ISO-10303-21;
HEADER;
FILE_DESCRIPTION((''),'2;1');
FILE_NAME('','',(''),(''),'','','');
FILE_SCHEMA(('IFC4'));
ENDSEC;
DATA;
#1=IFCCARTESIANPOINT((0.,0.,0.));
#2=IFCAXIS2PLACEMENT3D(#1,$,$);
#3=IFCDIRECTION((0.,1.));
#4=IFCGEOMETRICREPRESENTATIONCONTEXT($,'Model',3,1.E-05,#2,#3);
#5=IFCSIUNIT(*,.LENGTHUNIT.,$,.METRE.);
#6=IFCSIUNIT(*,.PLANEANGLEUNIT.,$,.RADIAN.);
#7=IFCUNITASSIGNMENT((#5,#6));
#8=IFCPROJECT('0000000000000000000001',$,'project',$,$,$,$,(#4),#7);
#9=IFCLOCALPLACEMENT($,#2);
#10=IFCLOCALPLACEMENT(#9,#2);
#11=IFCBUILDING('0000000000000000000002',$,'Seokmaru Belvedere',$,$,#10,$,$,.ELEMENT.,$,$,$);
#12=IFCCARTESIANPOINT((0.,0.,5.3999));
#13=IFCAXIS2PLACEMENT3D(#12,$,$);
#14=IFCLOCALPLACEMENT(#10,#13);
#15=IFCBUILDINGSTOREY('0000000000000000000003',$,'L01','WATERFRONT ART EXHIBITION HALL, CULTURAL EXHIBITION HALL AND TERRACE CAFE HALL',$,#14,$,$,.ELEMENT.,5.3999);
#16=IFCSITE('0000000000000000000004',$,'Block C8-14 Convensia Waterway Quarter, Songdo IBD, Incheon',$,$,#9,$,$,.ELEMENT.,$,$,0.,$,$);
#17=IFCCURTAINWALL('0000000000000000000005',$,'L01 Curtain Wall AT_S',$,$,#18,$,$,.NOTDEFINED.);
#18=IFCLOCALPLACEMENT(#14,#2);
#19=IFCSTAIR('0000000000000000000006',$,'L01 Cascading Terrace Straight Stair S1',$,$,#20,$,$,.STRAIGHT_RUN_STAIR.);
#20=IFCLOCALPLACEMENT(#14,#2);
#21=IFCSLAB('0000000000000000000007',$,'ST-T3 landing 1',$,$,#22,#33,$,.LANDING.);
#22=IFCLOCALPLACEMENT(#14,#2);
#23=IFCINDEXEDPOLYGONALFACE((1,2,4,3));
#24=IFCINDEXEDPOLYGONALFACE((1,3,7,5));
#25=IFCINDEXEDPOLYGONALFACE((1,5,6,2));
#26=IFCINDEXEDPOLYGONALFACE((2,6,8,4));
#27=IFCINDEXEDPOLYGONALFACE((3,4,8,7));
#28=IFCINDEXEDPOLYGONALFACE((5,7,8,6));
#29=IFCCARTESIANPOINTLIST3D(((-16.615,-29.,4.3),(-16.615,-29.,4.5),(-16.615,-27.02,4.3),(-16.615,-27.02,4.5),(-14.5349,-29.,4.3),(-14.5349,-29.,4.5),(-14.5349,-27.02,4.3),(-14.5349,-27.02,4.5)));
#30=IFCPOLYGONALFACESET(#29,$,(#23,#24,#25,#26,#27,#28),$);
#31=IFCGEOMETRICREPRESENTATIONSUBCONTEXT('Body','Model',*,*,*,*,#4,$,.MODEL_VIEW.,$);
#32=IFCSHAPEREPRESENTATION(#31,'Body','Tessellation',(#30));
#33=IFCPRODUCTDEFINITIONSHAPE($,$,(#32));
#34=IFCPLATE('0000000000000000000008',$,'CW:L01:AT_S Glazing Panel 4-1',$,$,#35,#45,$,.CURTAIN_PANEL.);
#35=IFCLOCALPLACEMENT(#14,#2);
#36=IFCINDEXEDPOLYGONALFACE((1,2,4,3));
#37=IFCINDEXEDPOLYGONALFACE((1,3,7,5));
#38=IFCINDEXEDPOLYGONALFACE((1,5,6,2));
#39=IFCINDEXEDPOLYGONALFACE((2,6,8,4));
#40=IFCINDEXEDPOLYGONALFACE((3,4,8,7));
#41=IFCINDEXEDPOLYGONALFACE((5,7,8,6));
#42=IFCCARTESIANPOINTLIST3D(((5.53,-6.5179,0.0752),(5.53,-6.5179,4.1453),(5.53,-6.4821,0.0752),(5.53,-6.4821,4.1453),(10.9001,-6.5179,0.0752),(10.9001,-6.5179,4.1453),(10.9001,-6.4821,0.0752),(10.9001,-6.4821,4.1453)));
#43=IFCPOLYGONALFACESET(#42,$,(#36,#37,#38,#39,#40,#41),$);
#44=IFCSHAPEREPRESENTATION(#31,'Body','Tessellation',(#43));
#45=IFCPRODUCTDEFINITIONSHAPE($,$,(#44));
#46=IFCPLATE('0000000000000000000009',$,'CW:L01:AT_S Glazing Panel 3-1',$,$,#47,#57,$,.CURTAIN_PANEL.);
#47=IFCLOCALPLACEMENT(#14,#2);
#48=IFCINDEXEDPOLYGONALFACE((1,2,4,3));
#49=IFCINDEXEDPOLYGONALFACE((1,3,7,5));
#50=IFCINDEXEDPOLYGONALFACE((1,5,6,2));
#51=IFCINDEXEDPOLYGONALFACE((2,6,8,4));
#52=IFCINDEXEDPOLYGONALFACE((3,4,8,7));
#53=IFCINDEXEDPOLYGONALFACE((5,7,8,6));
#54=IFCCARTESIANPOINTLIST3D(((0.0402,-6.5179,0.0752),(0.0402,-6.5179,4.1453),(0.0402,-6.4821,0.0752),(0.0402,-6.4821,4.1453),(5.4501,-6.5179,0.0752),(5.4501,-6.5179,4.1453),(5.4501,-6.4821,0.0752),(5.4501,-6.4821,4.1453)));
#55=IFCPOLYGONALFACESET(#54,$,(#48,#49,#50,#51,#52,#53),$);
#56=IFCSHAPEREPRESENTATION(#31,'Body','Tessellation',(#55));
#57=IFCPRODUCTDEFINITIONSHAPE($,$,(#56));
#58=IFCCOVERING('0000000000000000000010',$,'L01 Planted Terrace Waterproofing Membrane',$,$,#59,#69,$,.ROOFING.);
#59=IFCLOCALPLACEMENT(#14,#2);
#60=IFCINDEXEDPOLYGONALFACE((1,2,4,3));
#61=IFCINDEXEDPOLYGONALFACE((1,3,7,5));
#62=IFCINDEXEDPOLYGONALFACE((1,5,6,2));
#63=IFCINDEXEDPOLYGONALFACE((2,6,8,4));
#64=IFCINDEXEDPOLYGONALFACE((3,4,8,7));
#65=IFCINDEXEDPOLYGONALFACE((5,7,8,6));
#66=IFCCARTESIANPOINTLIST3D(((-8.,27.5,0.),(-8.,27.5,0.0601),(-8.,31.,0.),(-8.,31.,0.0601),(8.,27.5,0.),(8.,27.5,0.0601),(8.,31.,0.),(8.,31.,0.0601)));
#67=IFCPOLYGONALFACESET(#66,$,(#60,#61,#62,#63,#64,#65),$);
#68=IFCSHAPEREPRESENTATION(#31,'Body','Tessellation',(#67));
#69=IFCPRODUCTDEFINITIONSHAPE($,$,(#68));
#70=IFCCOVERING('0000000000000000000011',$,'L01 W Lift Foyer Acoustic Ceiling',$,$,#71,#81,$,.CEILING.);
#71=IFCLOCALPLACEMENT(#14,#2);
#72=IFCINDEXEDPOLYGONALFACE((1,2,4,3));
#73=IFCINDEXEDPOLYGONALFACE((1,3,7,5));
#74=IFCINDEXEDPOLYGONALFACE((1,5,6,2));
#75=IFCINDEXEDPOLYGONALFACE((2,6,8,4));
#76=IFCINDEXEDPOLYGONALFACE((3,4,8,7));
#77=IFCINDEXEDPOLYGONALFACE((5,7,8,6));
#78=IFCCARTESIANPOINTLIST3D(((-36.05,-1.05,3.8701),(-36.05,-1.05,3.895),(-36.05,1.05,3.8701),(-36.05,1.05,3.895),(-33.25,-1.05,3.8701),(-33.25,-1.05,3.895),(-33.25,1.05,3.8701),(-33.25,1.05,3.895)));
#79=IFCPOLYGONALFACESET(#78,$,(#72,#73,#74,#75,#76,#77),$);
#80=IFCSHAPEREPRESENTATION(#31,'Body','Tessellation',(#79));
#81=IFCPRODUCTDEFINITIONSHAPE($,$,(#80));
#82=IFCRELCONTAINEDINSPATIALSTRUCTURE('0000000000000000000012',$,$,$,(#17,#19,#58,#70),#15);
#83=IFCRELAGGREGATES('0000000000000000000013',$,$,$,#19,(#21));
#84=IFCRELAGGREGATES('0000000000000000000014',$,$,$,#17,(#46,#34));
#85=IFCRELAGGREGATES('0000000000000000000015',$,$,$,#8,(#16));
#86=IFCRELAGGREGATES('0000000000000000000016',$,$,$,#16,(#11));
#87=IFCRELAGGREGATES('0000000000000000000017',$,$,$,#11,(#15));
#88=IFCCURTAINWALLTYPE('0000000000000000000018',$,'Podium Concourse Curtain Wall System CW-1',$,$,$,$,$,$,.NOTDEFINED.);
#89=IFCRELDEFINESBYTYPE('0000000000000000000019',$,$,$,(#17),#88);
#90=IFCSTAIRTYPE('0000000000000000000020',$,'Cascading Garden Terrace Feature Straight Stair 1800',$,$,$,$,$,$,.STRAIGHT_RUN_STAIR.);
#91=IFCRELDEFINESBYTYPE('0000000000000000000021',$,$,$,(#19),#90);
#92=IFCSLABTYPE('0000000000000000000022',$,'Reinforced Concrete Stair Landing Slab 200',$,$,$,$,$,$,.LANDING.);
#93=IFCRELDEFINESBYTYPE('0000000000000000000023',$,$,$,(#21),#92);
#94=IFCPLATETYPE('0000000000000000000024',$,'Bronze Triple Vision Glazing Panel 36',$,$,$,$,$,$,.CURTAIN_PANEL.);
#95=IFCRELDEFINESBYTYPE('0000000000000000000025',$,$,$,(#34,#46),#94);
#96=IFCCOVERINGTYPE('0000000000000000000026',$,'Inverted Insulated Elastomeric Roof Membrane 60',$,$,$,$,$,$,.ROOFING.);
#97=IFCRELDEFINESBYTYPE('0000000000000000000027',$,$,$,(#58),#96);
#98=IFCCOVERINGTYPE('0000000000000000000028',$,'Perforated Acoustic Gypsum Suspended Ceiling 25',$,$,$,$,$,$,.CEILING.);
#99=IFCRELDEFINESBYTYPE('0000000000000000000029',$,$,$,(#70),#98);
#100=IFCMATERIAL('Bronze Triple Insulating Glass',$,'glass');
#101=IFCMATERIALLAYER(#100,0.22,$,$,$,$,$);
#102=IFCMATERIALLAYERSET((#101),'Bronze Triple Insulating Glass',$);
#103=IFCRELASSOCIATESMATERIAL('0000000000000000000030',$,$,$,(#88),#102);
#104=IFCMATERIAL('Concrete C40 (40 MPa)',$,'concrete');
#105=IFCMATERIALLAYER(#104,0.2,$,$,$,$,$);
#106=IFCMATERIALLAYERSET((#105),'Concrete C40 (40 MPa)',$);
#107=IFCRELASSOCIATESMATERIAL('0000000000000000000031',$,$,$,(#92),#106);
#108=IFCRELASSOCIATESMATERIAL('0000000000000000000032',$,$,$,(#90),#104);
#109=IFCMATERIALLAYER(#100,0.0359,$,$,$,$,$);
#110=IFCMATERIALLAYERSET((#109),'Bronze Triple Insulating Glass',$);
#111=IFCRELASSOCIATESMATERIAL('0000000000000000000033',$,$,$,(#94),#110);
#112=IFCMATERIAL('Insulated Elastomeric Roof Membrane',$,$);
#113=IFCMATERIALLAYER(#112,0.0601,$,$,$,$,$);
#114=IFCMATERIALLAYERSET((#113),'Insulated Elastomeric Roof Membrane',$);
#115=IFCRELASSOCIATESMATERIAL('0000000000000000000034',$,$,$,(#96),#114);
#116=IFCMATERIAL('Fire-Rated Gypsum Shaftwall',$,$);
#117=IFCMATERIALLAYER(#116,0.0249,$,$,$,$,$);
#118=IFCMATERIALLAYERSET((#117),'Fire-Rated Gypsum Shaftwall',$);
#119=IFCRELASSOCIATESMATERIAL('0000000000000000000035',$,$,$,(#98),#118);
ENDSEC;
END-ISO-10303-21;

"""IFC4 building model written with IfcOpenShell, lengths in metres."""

from ifc_helpers import new_model, si_unit, direction, frame, origin, origin_2d, place, context, subcontext, project, spatial, polyline, rectangle, outline, extrude, source, transform, mapped, material, layer, layer_set, type_object, type_shapes, element, aggregate, save


model = new_model("IFC4")

# Units and contexts
model_context = context("Model", 3, precision=1e-05, world=origin(), true_north=direction((0.0, 1.0)))
body_context = subcontext(model_context, "Body", "Model", "MODEL_VIEW")
ifc_project = project(units=[si_unit("LENGTHUNIT", "METRE"), si_unit("PLANEANGLEUNIT", "RADIAN")], contexts=[model_context])

# Site, building, storey
site_placement = place(None, origin())
site = spatial("IfcSite", under=ifc_project, at=site_placement, Name="Block C8-14 Convensia Waterway Quarter, Songdo IBD, Incheon", CompositionType="ELEMENT", RefElevation=0.0)
building_placement = place(site_placement, origin())
building = spatial("IfcBuilding", under=site, at=building_placement, Name="Seokmaru Belvedere", CompositionType="ELEMENT")
storey_placement = place(building_placement, frame((0.0, 0.0, 5.3999)))
storey = spatial("IfcBuildingStorey", under=building, at=storey_placement, Name="L01", Description="WATERFRONT ART EXHIBITION HALL, CULTURAL EXHIBITION HALL AND TERRACE CAFE HALL", CompositionType="ELEMENT", Elevation=5.3999)

# Curtain wall
ifc_material_1 = material(Name="Bronze Triple Insulating Glass", Category="glass")
ifc_layer_1 = layer(ifc_material_1, 0.22)
ifc_layer_set_1 = layer_set([ifc_layer_1], Name="Bronze Triple Insulating Glass")
curtain_wall_type = type_object("IfcCurtainWallType", Name="Podium Concourse Curtain Wall System CW-1", PredefinedType="NOTDEFINED", material=ifc_layer_set_1)
curtain_wall_placement = place(storey_placement, origin())
curtain_wall = element("IfcCurtainWall", 1, at=curtain_wall_placement, inside=storey, type_object=curtain_wall_type, Name="L01 Curtain Wall AT_S", PredefinedType="NOTDEFINED")

# Stair, slab
ifc_material_2 = material(Name="Concrete C40 (40 MPa)", Category="concrete")
ifc_layer_2 = layer(ifc_material_2, 0.2)
ifc_layer_set_2 = layer_set([ifc_layer_2], Name="Concrete C40 (40 MPa)")
slab_type_1 = type_object("IfcSlabType", Name="Reinforced Concrete Stair Landing Slab 200", PredefinedType="LANDING", material=ifc_layer_set_2)
stair_type_1 = type_object("IfcStairType", Name="Cascading Garden Terrace Feature Straight Stair 1800", PredefinedType="STRAIGHT_RUN_STAIR", material=ifc_material_2)
stair_1_placement = place(storey_placement, origin())
stair_1 = element("IfcStair", 2, at=stair_1_placement, inside=storey, type_object=stair_type_1, Name="L01 Cascading Terrace Straight Stair S1", PredefinedType="STRAIGHT_RUN_STAIR")
slab_1_placement = place(storey_placement, frame((0.0, 0.0, 4.3)))
slab_1 = element("IfcSlab", 3, at=slab_1_placement, type_object=slab_type_1, Name="ST-T3 landing 1", PredefinedType="LANDING", context=body_context, shape_type="SweptSolid", body=[
    extrude(outline(polyline([(-16.615, -29.0), (-14.5349, -29.0), (-14.5349, -27.02), (-16.615, -27.02), (-16.615, -29.0)])), origin(), (0.0, 0.0, 1.0), 0.2),
])
aggregate(stair_1, [slab_1])

# Plates
ifc_layer_3 = layer(ifc_material_1, 0.0359)
ifc_layer_set_3 = layer_set([ifc_layer_3], Name="Bronze Triple Insulating Glass")
plate_type = type_object("IfcPlateType", Name="Bronze Triple Vision Glazing Panel 36", PredefinedType="CURTAIN_PANEL", material=ifc_layer_set_3)
shared_shape_1 = source(origin(), body_context, "Body", "SweptSolid", [
    extrude(rectangle(XDim=5.3701, YDim=0.0359, at=origin_2d()), origin(), (0.0, 0.0, 1.0), 4.0701),
])
plate_1_placement = place(storey_placement, frame((8.2151, -6.5, 0.0752), z_axis=(0.0, 0.0, 1.0), x_axis=(1.0, 0.0, 0.0)))
plate_1 = element("IfcPlate", 4, at=plate_1_placement, type_object=plate_type, Name="CW:L01:AT_S Glazing Panel 4-1", PredefinedType="CURTAIN_PANEL", context=body_context, shape_type="MappedRepresentation", body=[
    mapped(shared_shape_1, transform((0.0, 0.0, 0.0), scale=1.0)),
])
shared_shape_2 = source(origin(), body_context, "Body", "SweptSolid", [
    extrude(rectangle(XDim=5.4099, YDim=0.0359, at=origin_2d()), origin(), (0.0, 0.0, 1.0), 4.0701),
])
type_shapes(plate_type, [shared_shape_1, shared_shape_2])
plate_2_placement = place(storey_placement, frame((2.7451, -6.5, 0.0752), z_axis=(0.0, 0.0, 1.0), x_axis=(1.0, 0.0, 0.0)))
plate_2 = element("IfcPlate", 5, at=plate_2_placement, type_object=plate_type, Name="CW:L01:AT_S Glazing Panel 3-1", PredefinedType="CURTAIN_PANEL", context=body_context, shape_type="MappedRepresentation", body=[
    mapped(shared_shape_2, transform((0.0, 0.0, 0.0), scale=1.0)),
])
aggregate(curtain_wall, [plate_2, plate_1])

# Coverings
ifc_material_3 = material(Name="Insulated Elastomeric Roof Membrane")
ifc_layer_4 = layer(ifc_material_3, 0.0601)
ifc_layer_set_4 = layer_set([ifc_layer_4], Name="Insulated Elastomeric Roof Membrane")
covering_type_1 = type_object("IfcCoveringType", Name="Inverted Insulated Elastomeric Roof Membrane 60", PredefinedType="ROOFING", material=ifc_layer_set_4)
covering_1_placement = place(storey_placement, origin())
element("IfcCovering", 6, at=covering_1_placement, inside=storey, type_object=covering_type_1, Name="L01 Planted Terrace Waterproofing Membrane", PredefinedType="ROOFING", context=body_context, shape_type="SweptSolid", body=[
    extrude(outline(polyline([(-8.0, 27.5), (8.0, 27.5), (8.0, 31.0), (-8.0, 31.0), (-8.0, 27.5)])), origin(), (0.0, 0.0, 1.0), 0.0601),
])
ifc_material_4 = material(Name="Fire-Rated Gypsum Shaftwall")
ifc_layer_5 = layer(ifc_material_4, 0.0249)
ifc_layer_set_5 = layer_set([ifc_layer_5], Name="Fire-Rated Gypsum Shaftwall")
covering_type_2 = type_object("IfcCoveringType", Name="Perforated Acoustic Gypsum Suspended Ceiling 25", PredefinedType="CEILING", material=ifc_layer_set_5)
covering_2_placement = place(storey_placement, frame((0.0, 0.0, 3.8701)))
element("IfcCovering", 7, at=covering_2_placement, inside=storey, type_object=covering_type_2, Name="L01 W Lift Foyer Acoustic Ceiling", PredefinedType="CEILING", context=body_context, shape_type="SweptSolid", body=[
    extrude(outline(polyline([(-36.05, -1.05), (-33.25, -1.05), (-33.25, 1.05), (-36.05, 1.05), (-36.05, -1.05)])), origin(), (0.0, 0.0, 1.0), 0.0249),
])

save(model, "model.ifc")
